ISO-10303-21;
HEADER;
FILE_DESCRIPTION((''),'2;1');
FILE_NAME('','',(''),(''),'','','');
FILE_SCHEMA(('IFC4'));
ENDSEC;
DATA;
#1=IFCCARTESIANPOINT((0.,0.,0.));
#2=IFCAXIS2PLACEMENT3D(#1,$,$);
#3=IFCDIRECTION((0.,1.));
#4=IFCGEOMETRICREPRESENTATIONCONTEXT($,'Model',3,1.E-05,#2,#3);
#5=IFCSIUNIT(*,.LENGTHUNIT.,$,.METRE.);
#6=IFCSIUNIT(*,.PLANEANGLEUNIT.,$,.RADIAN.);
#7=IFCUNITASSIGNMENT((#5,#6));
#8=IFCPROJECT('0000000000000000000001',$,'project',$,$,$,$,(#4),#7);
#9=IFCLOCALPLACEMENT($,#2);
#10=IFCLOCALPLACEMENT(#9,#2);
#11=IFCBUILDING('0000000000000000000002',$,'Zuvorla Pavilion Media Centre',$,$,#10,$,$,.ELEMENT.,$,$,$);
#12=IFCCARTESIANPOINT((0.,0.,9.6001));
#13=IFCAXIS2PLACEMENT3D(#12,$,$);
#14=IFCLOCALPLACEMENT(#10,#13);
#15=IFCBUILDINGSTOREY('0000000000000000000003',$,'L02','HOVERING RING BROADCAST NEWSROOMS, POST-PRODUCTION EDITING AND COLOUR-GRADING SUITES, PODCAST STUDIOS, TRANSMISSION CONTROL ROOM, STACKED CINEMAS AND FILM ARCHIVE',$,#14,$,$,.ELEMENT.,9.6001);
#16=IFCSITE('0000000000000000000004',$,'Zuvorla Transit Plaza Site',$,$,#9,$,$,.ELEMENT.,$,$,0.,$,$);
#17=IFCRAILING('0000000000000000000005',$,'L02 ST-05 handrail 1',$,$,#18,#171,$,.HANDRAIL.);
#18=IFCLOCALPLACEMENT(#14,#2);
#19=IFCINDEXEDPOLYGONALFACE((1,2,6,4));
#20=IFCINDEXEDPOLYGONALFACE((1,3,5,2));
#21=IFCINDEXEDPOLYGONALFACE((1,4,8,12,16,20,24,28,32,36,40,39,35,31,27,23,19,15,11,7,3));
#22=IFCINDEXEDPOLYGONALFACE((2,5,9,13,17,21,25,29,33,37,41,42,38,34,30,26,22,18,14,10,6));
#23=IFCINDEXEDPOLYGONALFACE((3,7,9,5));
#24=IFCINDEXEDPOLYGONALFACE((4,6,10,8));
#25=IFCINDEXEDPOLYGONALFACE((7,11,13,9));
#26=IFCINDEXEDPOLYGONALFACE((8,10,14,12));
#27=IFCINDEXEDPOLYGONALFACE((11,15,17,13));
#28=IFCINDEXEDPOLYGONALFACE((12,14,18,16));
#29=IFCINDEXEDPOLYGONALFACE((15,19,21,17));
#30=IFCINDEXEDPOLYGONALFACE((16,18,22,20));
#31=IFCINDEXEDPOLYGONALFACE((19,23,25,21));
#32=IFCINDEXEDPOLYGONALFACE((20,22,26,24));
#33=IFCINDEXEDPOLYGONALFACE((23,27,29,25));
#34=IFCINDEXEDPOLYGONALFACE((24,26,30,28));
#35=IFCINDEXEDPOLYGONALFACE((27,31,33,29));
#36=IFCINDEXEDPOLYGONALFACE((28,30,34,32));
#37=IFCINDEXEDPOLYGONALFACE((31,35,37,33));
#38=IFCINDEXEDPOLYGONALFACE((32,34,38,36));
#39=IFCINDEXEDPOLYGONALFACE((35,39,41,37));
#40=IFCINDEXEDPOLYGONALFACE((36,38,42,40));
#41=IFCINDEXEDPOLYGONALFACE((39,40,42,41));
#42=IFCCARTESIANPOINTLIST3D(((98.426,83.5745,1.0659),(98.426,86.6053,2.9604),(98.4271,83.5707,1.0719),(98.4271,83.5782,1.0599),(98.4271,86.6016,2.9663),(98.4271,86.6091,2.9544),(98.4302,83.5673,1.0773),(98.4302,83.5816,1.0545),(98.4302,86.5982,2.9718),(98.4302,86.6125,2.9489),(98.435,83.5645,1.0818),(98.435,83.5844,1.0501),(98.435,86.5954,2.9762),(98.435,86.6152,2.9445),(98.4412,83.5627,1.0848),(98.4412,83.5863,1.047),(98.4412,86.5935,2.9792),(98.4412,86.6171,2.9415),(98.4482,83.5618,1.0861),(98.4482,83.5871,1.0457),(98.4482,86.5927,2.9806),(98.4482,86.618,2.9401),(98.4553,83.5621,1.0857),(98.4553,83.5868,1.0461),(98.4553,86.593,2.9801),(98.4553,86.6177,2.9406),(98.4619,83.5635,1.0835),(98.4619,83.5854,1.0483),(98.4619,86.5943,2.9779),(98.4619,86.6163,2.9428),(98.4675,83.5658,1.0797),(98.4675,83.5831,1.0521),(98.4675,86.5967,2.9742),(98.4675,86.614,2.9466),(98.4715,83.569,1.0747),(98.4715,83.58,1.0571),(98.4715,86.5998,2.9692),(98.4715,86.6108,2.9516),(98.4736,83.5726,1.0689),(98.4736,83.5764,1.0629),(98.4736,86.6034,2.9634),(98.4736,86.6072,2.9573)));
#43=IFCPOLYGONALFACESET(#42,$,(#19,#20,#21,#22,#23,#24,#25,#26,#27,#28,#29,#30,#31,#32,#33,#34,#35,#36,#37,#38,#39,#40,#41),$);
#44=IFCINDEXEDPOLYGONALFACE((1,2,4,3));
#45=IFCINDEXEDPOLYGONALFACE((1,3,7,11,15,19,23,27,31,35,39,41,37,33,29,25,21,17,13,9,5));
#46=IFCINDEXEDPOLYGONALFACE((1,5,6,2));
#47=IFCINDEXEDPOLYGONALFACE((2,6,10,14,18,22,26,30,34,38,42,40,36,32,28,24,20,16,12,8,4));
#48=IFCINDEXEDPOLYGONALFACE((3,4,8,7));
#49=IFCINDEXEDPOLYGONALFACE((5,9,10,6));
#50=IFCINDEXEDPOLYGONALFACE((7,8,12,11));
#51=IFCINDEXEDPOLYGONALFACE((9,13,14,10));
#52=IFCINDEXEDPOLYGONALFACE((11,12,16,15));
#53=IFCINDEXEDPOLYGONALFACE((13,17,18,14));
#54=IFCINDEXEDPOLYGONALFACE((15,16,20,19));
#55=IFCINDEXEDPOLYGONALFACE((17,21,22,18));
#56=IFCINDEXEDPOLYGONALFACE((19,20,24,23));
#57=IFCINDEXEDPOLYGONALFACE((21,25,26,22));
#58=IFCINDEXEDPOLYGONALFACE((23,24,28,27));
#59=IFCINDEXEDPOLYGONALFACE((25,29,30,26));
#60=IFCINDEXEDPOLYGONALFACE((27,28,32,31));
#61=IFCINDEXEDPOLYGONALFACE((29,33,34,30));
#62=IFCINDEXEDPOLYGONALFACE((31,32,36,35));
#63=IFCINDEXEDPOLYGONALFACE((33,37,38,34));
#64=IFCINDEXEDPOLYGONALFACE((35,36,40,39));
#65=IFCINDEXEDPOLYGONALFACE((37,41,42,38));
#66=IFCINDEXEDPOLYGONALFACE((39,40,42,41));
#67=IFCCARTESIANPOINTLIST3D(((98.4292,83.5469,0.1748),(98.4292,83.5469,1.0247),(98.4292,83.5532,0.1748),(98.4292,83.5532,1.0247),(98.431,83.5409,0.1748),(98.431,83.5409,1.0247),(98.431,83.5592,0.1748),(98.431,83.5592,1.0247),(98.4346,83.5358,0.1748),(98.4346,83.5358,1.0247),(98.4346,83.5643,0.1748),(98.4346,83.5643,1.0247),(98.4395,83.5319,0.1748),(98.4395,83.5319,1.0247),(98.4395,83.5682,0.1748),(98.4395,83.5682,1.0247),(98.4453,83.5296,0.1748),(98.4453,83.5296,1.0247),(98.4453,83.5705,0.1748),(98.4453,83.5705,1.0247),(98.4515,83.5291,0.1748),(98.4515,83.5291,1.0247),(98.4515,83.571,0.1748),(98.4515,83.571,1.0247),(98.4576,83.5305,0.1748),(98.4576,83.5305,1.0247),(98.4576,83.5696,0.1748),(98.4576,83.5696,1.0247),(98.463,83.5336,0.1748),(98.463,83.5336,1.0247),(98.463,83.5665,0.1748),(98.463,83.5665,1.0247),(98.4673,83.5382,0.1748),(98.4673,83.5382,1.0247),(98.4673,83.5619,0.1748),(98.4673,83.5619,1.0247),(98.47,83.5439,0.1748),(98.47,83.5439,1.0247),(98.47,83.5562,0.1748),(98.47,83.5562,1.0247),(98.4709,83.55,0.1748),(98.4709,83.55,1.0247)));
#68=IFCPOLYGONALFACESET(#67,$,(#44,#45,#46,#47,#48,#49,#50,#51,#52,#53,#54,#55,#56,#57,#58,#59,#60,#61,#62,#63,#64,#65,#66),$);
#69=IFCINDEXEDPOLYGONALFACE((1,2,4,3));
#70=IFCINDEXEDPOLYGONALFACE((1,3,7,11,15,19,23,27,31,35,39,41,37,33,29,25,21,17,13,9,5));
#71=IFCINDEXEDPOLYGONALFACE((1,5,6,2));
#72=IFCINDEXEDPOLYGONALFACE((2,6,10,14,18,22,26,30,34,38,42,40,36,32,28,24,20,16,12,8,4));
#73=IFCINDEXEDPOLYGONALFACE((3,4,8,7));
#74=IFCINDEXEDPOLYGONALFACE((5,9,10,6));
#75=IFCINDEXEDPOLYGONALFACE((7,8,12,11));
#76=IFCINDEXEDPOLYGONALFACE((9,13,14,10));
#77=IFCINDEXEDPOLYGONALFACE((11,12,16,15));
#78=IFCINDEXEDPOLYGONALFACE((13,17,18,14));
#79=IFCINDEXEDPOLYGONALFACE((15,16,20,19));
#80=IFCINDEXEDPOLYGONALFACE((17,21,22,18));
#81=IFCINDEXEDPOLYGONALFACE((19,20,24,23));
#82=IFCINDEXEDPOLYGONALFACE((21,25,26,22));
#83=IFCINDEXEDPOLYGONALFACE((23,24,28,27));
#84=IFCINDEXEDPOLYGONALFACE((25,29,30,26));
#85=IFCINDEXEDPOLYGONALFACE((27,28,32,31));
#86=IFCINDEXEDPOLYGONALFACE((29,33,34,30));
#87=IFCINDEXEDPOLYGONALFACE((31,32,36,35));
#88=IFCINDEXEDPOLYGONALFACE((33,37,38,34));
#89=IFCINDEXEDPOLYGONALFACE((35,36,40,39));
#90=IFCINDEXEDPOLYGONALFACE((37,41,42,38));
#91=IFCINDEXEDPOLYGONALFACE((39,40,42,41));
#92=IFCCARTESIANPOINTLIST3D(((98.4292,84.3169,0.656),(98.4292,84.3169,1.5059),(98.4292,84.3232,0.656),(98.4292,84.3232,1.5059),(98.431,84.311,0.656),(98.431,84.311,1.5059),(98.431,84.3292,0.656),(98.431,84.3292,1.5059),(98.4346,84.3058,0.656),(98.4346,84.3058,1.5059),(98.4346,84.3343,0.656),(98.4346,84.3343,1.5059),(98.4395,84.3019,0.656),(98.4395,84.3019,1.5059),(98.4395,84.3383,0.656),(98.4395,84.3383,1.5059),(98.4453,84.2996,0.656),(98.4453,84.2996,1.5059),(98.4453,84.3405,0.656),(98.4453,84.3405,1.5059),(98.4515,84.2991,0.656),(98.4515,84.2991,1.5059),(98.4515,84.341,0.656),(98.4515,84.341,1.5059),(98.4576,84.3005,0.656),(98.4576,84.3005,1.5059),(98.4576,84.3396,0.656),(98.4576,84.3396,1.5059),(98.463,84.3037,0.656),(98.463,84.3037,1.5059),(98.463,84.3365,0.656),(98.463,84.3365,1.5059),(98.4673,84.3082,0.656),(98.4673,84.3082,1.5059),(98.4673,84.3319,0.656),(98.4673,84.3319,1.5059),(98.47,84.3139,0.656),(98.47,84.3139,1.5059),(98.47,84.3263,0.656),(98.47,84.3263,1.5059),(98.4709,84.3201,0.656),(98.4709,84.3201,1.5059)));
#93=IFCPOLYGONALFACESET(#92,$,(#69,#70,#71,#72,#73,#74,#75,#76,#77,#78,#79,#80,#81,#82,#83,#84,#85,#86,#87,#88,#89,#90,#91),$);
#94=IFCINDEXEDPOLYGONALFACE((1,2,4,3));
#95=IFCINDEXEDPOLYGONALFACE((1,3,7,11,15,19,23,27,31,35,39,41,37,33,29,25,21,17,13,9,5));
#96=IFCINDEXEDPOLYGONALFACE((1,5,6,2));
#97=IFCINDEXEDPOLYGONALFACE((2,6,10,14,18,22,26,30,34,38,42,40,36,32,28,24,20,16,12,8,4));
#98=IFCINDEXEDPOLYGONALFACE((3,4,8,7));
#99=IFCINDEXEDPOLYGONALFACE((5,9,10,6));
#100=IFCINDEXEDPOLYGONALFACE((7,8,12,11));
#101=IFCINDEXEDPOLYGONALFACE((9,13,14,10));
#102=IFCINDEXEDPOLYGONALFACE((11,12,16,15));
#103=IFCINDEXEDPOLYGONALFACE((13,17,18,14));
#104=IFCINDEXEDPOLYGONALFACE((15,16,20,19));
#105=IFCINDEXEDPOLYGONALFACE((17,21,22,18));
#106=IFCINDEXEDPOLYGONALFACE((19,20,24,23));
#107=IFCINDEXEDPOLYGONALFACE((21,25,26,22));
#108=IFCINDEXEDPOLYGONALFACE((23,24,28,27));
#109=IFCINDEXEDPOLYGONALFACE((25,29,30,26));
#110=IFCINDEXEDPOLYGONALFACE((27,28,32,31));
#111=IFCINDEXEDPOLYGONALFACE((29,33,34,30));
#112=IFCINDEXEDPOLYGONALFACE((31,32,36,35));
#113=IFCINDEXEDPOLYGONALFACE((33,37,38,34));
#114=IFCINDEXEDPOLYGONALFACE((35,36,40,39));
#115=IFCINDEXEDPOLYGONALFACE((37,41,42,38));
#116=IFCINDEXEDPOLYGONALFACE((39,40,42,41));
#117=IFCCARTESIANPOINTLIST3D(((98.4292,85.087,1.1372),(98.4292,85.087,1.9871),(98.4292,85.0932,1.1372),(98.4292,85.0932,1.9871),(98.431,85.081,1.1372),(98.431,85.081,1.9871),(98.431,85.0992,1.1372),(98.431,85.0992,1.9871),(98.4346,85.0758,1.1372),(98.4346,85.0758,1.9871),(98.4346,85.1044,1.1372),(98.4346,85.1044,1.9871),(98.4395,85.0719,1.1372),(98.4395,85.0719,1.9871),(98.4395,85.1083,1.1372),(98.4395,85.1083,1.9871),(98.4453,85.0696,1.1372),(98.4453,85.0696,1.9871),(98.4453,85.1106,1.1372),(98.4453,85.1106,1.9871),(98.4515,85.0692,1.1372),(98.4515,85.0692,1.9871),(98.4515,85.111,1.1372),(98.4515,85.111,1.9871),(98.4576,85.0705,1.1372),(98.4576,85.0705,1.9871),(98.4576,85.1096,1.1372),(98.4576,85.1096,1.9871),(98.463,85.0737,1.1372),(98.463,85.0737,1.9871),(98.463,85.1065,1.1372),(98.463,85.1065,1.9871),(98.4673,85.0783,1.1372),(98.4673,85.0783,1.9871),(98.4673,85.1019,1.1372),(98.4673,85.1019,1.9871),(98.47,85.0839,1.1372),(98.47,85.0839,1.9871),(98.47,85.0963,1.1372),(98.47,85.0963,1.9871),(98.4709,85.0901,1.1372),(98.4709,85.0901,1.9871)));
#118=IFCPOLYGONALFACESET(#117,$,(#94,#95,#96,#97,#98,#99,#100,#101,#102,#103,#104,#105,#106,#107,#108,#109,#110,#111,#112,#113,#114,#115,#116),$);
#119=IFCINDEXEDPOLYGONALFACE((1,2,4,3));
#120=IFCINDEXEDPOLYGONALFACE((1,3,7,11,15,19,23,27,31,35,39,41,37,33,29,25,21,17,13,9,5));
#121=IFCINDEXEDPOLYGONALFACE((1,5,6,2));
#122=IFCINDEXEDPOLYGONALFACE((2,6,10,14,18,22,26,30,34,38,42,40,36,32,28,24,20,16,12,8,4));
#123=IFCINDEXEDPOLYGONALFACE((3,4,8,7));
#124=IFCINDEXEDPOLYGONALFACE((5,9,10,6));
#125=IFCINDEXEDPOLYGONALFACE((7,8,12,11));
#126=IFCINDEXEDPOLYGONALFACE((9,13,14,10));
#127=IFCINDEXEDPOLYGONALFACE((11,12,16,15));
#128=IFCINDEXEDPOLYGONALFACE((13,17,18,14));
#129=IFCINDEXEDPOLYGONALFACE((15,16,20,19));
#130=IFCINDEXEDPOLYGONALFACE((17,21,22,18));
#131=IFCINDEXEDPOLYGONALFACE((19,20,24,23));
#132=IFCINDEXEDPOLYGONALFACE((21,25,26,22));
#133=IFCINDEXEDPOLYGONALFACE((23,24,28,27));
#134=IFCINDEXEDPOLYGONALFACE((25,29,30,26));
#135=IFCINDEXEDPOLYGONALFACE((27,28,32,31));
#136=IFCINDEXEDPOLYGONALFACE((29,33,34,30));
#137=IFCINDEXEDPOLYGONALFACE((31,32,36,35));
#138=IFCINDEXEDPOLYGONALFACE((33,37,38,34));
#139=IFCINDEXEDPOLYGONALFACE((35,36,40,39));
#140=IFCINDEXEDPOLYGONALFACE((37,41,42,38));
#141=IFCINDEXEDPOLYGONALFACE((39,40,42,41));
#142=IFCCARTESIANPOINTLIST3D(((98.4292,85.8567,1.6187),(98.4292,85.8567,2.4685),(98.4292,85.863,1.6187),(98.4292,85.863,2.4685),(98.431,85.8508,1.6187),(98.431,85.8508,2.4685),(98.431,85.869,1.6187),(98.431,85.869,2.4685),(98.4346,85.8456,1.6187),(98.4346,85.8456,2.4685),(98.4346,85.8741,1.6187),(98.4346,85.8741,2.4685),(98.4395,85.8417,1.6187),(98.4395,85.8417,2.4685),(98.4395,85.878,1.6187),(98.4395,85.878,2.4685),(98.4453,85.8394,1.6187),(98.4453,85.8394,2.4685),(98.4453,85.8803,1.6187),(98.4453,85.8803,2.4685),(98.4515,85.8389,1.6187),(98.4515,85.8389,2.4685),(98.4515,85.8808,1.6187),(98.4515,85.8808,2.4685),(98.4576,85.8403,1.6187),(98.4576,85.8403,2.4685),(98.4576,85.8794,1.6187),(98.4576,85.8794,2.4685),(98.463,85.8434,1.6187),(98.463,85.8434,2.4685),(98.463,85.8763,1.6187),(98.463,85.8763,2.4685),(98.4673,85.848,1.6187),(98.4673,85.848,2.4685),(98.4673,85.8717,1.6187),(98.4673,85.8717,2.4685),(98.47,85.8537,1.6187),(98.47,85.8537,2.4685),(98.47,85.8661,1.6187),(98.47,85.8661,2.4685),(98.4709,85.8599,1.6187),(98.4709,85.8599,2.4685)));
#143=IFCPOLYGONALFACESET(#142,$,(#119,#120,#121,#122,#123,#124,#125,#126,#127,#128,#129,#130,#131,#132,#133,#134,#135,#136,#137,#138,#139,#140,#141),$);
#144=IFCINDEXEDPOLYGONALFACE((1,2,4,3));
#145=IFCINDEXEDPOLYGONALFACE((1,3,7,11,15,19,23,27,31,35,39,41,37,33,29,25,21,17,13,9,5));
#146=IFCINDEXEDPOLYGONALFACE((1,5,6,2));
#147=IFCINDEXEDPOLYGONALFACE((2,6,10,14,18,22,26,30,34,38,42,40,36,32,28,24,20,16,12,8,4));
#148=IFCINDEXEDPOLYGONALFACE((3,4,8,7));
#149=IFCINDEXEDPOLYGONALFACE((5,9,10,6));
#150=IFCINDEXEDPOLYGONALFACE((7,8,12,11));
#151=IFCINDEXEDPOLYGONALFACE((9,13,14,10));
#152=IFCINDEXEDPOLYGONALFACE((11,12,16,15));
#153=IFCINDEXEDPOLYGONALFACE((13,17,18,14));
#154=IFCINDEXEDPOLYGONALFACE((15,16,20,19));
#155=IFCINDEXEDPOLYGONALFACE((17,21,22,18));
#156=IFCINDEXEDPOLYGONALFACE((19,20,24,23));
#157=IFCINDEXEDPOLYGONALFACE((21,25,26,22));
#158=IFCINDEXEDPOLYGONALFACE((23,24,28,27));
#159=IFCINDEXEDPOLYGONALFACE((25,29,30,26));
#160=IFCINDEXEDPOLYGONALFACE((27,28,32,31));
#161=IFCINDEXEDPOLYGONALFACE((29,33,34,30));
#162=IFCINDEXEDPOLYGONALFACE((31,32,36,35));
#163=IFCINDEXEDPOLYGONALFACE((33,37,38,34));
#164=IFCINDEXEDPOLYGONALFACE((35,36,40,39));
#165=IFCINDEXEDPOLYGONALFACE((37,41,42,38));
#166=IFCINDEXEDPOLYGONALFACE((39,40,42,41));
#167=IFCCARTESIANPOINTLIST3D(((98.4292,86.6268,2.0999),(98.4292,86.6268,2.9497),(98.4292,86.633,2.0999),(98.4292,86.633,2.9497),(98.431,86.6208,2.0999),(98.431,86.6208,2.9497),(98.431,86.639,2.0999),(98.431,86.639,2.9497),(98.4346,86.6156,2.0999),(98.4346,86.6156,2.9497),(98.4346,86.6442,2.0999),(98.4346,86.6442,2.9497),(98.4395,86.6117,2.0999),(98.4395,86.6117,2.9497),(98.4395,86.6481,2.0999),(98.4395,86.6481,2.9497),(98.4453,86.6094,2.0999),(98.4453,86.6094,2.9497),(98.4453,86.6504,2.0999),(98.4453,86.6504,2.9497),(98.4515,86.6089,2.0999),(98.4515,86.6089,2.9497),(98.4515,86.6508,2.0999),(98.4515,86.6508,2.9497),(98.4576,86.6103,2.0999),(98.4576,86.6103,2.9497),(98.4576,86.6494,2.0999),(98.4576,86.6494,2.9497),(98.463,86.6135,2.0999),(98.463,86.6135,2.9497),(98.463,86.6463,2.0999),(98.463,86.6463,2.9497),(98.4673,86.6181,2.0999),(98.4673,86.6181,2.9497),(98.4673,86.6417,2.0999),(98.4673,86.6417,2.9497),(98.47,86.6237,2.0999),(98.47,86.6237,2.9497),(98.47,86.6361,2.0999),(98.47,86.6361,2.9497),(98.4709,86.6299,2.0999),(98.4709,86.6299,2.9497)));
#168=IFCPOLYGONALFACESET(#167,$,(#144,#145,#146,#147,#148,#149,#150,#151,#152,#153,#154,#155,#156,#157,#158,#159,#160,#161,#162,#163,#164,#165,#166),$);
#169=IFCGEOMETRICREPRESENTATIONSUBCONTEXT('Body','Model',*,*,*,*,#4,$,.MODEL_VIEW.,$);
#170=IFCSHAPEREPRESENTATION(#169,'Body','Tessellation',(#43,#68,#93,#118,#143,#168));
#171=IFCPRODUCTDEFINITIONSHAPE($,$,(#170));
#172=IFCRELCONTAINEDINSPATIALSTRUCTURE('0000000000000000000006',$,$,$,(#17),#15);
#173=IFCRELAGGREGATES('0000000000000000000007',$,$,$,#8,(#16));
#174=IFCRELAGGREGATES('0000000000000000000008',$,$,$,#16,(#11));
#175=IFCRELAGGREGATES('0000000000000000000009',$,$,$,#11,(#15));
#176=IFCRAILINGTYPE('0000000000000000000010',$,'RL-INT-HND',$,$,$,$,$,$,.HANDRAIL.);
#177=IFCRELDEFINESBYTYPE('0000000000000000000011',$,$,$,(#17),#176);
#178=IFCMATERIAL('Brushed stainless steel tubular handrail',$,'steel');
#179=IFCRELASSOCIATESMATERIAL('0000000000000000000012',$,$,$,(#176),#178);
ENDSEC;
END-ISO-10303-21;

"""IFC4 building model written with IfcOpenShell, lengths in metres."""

from ifc_helpers import new_model, si_unit, direction, frame, origin, origin_2d, place, context, subcontext, project, spatial, circle, extrude, material, type_object, element, save


model = new_model("IFC4")

# Units and contexts
model_context = context("Model", 3, precision=1e-05, world=origin(), true_north=direction((0.0, 1.0)))
body_context = subcontext(model_context, "Body", "Model", "MODEL_VIEW")
ifc_project = project(units=[si_unit("LENGTHUNIT", "METRE"), si_unit("PLANEANGLEUNIT", "RADIAN")], contexts=[model_context])

# Site, building, storey
site_placement = place(None, origin())
site = spatial("IfcSite", under=ifc_project, at=site_placement, Name="Zuvorla Transit Plaza Site", CompositionType="ELEMENT", RefElevation=0.0)
building_placement = place(site_placement, origin())
building = spatial("IfcBuilding", under=site, at=building_placement, Name="Zuvorla Pavilion Media Centre", CompositionType="ELEMENT")
storey_placement = place(building_placement, frame((0.0, 0.0, 9.6001)))
storey = spatial("IfcBuildingStorey", under=building, at=storey_placement, Name="L02", Description="HOVERING RING BROADCAST NEWSROOMS, POST-PRODUCTION EDITING AND COLOUR-GRADING SUITES, PODCAST STUDIOS, TRANSMISSION CONTROL ROOM, STACKED CINEMAS AND FILM ARCHIVE", CompositionType="ELEMENT", Elevation=9.6001)

# Railing
ifc_material_1 = material(Name="Brushed stainless steel tubular handrail", Category="steel")
railing_type_1 = type_object("IfcRailingType", Name="RL-INT-HND", PredefinedType="HANDRAIL", material=ifc_material_1)
railing_1_placement = place(storey_placement, frame((98.45, 83.55, 0.1748)))
element("IfcRailing", 1, at=railing_1_placement, inside=storey, type_object=railing_type_1, Name="L02 ST-05 handrail 1", PredefinedType="HANDRAIL", context=body_context, shape_type="SweptSolid", body=[
    extrude(circle(Radius=0.0239, at=origin_2d()), frame((0.0, 0.0244, 0.8911), z_axis=(0.0, 0.847979, 0.530029), x_axis=(-1.0, 0.0, 0.0)), (0.0, 0.0, 1.0), 3.5742),
    extrude(circle(Radius=0.021, at=origin_2d()), origin(), (0.0, 0.0, 1.0), 0.8499),
    extrude(circle(Radius=0.021, at=origin_2d()), frame((0.0, 0.77, 0.4812)), (0.0, 0.0, 1.0), 0.8499),
    extrude(circle(Radius=0.021, at=origin_2d()), frame((0.0, 1.54, 0.9624)), (0.0, 0.0, 1.0), 0.8499),
    extrude(circle(Radius=0.021, at=origin_2d()), frame((0.0, 2.3098, 1.4438)), (0.0, 0.0, 1.0), 0.8499),
    extrude(circle(Radius=0.021, at=origin_2d()), frame((0.0, 3.0798, 1.925)), (0.0, 0.0, 1.0), 0.8499),
])

save(model, "model.ifc")
